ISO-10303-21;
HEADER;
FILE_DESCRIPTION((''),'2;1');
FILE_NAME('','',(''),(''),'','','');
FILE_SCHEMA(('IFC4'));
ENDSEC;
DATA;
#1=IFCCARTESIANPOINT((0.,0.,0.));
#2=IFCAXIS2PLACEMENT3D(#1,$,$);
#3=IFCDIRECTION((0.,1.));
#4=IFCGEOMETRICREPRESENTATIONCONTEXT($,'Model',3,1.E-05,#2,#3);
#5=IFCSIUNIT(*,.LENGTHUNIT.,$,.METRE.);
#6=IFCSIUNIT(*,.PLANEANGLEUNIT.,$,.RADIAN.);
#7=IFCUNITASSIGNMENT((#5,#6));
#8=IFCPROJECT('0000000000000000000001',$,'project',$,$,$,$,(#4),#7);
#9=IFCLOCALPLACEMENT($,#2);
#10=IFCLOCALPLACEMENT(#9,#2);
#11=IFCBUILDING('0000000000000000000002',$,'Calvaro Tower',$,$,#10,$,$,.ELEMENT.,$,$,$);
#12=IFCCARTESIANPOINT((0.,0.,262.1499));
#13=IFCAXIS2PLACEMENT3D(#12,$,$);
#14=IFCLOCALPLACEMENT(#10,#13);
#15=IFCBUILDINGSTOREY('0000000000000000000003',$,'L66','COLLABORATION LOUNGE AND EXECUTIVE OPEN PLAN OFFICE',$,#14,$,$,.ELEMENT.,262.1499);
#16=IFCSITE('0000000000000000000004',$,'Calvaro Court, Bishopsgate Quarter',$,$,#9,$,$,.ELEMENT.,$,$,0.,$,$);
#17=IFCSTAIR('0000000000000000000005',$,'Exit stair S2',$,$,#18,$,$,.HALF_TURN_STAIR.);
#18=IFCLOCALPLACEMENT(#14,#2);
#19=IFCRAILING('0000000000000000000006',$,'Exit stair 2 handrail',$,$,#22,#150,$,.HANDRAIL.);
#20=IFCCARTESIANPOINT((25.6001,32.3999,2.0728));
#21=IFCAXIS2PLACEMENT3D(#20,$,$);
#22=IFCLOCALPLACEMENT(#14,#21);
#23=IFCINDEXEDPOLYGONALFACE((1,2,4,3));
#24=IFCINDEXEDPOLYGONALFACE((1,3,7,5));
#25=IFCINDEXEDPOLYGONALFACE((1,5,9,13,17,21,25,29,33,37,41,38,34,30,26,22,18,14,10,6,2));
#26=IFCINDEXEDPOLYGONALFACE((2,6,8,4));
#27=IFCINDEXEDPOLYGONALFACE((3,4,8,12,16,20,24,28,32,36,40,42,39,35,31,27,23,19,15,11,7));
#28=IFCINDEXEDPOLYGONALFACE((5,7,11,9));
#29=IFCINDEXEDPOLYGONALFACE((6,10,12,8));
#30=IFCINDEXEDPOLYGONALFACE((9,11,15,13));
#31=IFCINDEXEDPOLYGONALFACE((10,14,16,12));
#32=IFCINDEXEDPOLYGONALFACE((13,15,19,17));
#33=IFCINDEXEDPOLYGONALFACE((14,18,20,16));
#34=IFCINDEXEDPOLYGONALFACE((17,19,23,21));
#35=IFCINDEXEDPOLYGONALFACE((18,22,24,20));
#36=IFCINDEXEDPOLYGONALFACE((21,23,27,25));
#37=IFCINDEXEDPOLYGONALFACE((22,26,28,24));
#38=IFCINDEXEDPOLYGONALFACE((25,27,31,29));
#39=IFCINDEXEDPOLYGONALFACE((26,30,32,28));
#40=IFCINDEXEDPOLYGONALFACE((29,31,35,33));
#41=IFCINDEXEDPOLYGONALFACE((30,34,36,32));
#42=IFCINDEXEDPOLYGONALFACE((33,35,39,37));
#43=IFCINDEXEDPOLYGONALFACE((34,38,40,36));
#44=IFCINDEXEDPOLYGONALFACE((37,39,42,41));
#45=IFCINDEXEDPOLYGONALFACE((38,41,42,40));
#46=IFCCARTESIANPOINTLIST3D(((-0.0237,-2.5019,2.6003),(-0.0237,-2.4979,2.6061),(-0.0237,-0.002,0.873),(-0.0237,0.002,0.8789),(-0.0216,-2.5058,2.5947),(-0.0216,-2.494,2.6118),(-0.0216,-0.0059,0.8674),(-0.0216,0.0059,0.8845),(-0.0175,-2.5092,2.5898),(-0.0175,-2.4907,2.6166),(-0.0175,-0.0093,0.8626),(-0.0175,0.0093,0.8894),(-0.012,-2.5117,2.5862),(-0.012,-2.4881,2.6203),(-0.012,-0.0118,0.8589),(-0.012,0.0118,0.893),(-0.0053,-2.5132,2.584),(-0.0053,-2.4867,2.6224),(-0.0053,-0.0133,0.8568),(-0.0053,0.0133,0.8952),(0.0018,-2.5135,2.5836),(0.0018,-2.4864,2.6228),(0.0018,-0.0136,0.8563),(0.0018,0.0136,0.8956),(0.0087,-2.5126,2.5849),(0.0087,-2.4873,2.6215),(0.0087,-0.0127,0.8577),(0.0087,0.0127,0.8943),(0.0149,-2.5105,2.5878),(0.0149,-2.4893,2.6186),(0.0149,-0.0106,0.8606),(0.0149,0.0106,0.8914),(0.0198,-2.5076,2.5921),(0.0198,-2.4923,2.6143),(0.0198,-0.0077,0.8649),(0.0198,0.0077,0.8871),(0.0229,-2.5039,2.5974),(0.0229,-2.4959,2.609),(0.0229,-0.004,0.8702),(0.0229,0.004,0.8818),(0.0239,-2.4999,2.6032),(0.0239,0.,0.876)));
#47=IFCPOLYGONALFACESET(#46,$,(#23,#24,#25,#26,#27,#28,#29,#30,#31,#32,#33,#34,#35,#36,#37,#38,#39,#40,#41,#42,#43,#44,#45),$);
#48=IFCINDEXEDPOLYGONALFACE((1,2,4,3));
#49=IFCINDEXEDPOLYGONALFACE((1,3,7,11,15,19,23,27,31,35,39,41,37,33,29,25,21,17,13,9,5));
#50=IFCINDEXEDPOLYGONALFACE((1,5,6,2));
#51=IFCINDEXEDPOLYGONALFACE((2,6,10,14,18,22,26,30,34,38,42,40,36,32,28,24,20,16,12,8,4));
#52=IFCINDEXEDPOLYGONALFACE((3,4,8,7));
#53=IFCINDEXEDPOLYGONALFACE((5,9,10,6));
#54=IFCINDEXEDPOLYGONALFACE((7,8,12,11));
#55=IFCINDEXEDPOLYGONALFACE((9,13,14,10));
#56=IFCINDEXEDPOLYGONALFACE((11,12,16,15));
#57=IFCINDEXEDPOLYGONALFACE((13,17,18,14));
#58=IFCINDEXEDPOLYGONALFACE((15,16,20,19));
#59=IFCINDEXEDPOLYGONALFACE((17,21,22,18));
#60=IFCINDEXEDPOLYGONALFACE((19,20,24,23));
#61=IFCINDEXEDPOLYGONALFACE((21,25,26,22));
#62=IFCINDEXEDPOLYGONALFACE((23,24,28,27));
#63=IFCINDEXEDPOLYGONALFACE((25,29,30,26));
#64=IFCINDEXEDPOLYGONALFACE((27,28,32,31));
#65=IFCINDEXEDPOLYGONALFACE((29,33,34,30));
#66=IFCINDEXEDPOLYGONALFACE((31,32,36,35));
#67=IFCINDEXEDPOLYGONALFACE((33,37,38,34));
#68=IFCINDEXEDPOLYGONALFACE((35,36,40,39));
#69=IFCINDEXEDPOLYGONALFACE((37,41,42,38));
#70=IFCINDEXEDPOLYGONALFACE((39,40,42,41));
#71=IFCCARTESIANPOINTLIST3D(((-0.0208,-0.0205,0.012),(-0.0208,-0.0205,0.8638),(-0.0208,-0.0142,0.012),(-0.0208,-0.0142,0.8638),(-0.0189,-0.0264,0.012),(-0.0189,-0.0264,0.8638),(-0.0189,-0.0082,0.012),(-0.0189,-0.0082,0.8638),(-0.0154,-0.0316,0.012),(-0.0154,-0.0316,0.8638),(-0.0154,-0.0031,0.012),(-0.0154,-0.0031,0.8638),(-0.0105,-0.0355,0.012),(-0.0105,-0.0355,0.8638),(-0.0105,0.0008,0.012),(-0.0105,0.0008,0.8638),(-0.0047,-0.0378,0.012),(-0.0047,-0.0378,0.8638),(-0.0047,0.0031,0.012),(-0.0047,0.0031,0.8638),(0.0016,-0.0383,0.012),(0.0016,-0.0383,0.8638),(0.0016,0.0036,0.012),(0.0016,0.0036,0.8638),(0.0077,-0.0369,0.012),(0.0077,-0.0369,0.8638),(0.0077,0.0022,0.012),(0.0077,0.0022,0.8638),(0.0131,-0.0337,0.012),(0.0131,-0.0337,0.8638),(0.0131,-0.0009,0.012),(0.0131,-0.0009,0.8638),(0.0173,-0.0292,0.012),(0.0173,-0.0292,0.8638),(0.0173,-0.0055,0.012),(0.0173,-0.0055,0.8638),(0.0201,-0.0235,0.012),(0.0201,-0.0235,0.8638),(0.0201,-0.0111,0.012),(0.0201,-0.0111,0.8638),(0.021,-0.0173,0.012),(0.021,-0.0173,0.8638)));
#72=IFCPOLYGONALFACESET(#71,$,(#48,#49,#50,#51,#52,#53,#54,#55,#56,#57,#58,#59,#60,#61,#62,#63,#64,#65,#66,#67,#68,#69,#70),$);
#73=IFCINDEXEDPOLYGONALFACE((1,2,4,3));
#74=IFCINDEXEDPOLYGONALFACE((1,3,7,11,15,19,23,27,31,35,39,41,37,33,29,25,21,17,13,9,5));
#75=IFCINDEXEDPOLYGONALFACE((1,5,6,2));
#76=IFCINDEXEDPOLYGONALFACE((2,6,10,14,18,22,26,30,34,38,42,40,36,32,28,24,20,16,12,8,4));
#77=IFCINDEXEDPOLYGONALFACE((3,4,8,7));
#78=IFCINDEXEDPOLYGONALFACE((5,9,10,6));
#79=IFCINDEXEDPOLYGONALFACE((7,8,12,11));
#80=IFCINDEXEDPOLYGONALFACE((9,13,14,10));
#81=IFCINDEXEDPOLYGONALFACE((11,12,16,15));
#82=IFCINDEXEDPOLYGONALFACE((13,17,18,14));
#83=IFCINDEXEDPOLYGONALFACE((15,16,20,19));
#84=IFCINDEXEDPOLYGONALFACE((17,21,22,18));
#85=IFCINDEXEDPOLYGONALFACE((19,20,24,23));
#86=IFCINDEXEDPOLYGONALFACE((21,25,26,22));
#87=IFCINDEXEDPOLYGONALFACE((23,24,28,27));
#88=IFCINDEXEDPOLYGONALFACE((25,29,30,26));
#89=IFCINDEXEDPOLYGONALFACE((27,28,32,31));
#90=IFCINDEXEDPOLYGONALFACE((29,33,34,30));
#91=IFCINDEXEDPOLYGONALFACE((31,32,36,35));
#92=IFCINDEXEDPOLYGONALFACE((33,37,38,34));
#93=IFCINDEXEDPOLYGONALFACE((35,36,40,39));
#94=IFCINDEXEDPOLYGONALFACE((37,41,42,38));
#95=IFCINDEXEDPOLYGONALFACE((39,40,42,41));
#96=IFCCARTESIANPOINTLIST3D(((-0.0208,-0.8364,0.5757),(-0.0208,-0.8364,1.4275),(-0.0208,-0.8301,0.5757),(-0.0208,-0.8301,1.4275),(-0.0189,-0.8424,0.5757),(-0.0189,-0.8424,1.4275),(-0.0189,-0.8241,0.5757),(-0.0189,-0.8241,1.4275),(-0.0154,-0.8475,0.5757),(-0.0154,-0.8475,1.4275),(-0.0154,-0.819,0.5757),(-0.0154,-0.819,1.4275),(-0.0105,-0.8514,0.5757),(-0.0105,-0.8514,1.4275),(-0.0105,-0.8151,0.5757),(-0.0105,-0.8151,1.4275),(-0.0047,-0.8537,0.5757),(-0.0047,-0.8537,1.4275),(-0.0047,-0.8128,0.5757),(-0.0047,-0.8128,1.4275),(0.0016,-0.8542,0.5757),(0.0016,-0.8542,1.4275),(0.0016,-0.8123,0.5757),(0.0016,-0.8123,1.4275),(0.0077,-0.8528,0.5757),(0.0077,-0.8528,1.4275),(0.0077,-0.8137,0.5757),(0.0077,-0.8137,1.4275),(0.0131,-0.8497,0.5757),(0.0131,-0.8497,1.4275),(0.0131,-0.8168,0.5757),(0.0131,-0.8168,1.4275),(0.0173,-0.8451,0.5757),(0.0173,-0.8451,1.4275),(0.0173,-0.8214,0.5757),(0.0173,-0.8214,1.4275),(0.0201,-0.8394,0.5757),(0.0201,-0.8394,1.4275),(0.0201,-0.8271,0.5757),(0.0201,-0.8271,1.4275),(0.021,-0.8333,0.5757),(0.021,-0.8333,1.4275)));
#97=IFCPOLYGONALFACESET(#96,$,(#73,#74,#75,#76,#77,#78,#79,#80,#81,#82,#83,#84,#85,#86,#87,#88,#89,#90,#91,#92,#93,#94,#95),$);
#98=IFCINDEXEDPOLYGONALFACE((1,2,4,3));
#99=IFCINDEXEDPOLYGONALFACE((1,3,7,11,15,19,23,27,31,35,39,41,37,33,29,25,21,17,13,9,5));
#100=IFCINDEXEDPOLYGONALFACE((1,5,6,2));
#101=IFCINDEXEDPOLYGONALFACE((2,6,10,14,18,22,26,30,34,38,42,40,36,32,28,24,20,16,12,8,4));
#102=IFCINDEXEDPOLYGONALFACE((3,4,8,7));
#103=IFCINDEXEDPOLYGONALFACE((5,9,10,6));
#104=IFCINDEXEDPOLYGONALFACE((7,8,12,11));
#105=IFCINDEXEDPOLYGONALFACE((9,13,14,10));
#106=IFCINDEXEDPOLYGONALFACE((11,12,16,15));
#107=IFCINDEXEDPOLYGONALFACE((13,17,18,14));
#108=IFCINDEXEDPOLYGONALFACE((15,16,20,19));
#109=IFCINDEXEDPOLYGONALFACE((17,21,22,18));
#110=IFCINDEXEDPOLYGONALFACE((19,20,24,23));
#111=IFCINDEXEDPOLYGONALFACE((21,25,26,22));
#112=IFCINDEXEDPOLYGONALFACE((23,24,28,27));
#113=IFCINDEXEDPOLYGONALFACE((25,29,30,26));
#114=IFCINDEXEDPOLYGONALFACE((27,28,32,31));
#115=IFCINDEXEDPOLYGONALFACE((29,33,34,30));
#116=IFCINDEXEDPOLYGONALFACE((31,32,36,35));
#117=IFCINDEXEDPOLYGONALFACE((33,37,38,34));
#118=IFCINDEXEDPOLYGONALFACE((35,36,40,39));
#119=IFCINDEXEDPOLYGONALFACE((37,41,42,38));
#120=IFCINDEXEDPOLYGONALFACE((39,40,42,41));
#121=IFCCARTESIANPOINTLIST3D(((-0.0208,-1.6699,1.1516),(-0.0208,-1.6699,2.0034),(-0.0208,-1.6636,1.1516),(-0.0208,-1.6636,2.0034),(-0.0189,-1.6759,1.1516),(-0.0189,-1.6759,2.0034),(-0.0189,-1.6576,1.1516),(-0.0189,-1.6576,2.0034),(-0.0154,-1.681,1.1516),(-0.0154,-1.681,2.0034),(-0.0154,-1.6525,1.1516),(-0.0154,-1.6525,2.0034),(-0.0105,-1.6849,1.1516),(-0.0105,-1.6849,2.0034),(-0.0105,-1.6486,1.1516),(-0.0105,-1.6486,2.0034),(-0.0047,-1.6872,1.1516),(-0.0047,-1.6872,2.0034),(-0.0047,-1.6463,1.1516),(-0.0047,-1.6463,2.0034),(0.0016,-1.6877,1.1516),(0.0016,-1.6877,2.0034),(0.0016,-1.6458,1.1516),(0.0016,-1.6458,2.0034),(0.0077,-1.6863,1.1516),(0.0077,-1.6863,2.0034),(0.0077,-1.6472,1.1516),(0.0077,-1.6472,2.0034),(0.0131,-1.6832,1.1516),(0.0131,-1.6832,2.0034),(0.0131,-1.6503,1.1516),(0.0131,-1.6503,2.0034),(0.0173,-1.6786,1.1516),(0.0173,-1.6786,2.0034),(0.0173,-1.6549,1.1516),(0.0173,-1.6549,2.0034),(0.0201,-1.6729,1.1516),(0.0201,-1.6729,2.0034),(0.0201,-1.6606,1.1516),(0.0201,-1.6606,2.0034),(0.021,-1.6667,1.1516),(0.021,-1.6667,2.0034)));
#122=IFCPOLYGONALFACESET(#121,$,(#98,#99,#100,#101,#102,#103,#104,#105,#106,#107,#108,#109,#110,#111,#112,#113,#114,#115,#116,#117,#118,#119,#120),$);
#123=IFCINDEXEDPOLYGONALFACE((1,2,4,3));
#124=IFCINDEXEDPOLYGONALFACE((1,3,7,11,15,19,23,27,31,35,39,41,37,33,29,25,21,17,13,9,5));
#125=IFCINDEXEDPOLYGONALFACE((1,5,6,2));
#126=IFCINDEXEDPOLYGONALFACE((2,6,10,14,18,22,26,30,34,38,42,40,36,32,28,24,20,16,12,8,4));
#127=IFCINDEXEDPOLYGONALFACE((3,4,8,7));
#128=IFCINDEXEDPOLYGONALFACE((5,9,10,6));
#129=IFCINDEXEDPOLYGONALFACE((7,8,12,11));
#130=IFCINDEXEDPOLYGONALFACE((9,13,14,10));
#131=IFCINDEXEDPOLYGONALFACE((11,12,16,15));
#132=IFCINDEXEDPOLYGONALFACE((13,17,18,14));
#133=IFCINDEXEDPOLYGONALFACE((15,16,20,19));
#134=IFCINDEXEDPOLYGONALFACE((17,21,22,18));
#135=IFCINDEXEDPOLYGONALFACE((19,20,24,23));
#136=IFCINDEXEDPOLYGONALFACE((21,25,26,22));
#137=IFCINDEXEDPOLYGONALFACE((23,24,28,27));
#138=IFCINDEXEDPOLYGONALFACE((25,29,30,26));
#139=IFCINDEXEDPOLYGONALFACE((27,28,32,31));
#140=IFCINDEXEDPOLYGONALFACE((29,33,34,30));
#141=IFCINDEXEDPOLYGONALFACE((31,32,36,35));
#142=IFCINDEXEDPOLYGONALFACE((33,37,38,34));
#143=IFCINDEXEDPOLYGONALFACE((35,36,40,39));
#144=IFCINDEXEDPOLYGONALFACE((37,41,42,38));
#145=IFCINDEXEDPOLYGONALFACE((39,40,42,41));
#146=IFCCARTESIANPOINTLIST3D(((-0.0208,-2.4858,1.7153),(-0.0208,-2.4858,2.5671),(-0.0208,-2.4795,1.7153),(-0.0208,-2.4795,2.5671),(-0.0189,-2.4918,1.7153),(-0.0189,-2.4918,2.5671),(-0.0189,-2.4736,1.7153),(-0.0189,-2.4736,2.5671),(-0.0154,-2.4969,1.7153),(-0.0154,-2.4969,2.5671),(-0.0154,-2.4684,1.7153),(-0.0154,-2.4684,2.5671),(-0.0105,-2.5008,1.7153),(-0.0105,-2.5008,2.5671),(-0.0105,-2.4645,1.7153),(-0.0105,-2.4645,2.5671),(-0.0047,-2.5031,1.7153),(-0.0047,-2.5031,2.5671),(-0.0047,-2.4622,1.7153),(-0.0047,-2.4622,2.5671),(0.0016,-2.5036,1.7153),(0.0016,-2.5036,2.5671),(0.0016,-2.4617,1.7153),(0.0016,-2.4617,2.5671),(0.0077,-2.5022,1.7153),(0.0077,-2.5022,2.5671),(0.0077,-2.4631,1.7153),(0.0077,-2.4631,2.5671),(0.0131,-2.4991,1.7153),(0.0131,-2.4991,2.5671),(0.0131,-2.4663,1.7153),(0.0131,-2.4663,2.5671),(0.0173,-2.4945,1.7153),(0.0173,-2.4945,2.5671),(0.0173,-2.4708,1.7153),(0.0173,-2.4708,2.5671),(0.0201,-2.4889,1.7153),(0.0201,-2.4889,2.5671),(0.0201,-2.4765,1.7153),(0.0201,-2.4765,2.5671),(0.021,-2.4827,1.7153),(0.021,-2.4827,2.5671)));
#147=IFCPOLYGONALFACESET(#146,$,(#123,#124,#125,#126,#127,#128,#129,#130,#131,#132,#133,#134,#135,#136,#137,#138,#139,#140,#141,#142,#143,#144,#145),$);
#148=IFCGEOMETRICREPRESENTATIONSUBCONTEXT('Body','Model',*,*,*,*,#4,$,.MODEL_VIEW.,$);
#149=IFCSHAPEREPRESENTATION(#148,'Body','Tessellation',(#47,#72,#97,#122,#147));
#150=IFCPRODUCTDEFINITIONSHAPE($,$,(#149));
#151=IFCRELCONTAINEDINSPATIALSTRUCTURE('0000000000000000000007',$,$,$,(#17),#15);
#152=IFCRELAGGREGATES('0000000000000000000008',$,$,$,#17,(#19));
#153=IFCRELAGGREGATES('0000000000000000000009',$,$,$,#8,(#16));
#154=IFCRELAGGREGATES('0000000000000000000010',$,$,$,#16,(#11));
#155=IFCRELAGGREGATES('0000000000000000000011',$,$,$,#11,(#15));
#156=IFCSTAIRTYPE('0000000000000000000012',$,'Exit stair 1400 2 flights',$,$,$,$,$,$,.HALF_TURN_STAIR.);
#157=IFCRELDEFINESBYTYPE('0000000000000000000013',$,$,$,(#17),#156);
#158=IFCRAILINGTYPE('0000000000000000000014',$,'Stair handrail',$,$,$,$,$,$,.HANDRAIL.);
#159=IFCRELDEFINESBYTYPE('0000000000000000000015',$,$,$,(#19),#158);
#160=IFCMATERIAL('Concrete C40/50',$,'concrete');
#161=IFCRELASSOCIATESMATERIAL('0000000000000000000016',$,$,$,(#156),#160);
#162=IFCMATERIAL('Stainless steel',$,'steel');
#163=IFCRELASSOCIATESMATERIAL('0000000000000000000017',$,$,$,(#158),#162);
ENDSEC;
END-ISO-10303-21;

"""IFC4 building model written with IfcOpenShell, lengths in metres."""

from ifc_helpers import new_model, si_unit, direction, frame, origin, origin_2d, place, context, subcontext, project, spatial, circle, extrude, material, type_object, element, aggregate, save


model = new_model("IFC4")

# Units and contexts
model_context = context("Model", 3, precision=1e-05, world=origin(), true_north=direction((0.0, 1.0)))
body_context = subcontext(model_context, "Body", "Model", "MODEL_VIEW")
ifc_project = project(units=[si_unit("LENGTHUNIT", "METRE"), si_unit("PLANEANGLEUNIT", "RADIAN")], contexts=[model_context])

# Site, building, storey
site_placement = place(None, origin())
site = spatial("IfcSite", under=ifc_project, at=site_placement, Name="Calvaro Court, Bishopsgate Quarter", CompositionType="ELEMENT", RefElevation=0.0)
building_placement = place(site_placement, origin())
building = spatial("IfcBuilding", under=site, at=building_placement, Name="Calvaro Tower", CompositionType="ELEMENT")
storey_placement = place(building_placement, frame((0.0, 0.0, 262.1499)))
storey = spatial("IfcBuildingStorey", under=building, at=storey_placement, Name="L66", Description="COLLABORATION LOUNGE AND EXECUTIVE OPEN PLAN OFFICE", CompositionType="ELEMENT", Elevation=262.1499)

# Stair, railing
ifc_material_1 = material(Name="Concrete C40/50", Category="concrete")
stair_type = type_object("IfcStairType", Name="Exit stair 1400 2 flights", PredefinedType="HALF_TURN_STAIR", material=ifc_material_1)
stair_placement = place(storey_placement, origin())
stair = element("IfcStair", 1, at=stair_placement, inside=storey, type_object=stair_type, Name="Exit stair S2", PredefinedType="HALF_TURN_STAIR")
ifc_material_2 = material(Name="Stainless steel", Category="steel")
railing_type = type_object("IfcRailingType", Name="Stair handrail", PredefinedType="HANDRAIL", material=ifc_material_2)
railing_1_placement = place(storey_placement, frame((25.6001, 32.3999, 2.0728)))
railing_1 = element("IfcRailing", 2, at=railing_1_placement, type_object=railing_type, Name="Exit stair 2 handrail", PredefinedType="HANDRAIL", context=body_context, shape_type="SweptSolid", body=[
    extrude(circle(Radius=0.0239, at=origin_2d()), frame((0.0, 0.0, 0.876), z_axis=(0.0, -0.822727, 0.568437), x_axis=(1.0, 0.0, 0.0)), (0.0, 0.0, 1.0), 3.0386),
    extrude(circle(Radius=0.021, at=origin_2d()), frame((0.0, -0.0173, 0.012)), (0.0, 0.0, 1.0), 0.8518),
    extrude(circle(Radius=0.021, at=origin_2d()), frame((0.0, -0.8333, 0.5757)), (0.0, 0.0, 1.0), 0.8518),
    extrude(circle(Radius=0.021, at=origin_2d()), frame((0.0, -1.6667, 1.1516)), (0.0, 0.0, 1.0), 0.8518),
    extrude(circle(Radius=0.021, at=origin_2d()), frame((0.0, -2.4827, 1.7153)), (0.0, 0.0, 1.0), 0.8518),
])
aggregate(stair, [railing_1])

save(model, "model.ifc")
